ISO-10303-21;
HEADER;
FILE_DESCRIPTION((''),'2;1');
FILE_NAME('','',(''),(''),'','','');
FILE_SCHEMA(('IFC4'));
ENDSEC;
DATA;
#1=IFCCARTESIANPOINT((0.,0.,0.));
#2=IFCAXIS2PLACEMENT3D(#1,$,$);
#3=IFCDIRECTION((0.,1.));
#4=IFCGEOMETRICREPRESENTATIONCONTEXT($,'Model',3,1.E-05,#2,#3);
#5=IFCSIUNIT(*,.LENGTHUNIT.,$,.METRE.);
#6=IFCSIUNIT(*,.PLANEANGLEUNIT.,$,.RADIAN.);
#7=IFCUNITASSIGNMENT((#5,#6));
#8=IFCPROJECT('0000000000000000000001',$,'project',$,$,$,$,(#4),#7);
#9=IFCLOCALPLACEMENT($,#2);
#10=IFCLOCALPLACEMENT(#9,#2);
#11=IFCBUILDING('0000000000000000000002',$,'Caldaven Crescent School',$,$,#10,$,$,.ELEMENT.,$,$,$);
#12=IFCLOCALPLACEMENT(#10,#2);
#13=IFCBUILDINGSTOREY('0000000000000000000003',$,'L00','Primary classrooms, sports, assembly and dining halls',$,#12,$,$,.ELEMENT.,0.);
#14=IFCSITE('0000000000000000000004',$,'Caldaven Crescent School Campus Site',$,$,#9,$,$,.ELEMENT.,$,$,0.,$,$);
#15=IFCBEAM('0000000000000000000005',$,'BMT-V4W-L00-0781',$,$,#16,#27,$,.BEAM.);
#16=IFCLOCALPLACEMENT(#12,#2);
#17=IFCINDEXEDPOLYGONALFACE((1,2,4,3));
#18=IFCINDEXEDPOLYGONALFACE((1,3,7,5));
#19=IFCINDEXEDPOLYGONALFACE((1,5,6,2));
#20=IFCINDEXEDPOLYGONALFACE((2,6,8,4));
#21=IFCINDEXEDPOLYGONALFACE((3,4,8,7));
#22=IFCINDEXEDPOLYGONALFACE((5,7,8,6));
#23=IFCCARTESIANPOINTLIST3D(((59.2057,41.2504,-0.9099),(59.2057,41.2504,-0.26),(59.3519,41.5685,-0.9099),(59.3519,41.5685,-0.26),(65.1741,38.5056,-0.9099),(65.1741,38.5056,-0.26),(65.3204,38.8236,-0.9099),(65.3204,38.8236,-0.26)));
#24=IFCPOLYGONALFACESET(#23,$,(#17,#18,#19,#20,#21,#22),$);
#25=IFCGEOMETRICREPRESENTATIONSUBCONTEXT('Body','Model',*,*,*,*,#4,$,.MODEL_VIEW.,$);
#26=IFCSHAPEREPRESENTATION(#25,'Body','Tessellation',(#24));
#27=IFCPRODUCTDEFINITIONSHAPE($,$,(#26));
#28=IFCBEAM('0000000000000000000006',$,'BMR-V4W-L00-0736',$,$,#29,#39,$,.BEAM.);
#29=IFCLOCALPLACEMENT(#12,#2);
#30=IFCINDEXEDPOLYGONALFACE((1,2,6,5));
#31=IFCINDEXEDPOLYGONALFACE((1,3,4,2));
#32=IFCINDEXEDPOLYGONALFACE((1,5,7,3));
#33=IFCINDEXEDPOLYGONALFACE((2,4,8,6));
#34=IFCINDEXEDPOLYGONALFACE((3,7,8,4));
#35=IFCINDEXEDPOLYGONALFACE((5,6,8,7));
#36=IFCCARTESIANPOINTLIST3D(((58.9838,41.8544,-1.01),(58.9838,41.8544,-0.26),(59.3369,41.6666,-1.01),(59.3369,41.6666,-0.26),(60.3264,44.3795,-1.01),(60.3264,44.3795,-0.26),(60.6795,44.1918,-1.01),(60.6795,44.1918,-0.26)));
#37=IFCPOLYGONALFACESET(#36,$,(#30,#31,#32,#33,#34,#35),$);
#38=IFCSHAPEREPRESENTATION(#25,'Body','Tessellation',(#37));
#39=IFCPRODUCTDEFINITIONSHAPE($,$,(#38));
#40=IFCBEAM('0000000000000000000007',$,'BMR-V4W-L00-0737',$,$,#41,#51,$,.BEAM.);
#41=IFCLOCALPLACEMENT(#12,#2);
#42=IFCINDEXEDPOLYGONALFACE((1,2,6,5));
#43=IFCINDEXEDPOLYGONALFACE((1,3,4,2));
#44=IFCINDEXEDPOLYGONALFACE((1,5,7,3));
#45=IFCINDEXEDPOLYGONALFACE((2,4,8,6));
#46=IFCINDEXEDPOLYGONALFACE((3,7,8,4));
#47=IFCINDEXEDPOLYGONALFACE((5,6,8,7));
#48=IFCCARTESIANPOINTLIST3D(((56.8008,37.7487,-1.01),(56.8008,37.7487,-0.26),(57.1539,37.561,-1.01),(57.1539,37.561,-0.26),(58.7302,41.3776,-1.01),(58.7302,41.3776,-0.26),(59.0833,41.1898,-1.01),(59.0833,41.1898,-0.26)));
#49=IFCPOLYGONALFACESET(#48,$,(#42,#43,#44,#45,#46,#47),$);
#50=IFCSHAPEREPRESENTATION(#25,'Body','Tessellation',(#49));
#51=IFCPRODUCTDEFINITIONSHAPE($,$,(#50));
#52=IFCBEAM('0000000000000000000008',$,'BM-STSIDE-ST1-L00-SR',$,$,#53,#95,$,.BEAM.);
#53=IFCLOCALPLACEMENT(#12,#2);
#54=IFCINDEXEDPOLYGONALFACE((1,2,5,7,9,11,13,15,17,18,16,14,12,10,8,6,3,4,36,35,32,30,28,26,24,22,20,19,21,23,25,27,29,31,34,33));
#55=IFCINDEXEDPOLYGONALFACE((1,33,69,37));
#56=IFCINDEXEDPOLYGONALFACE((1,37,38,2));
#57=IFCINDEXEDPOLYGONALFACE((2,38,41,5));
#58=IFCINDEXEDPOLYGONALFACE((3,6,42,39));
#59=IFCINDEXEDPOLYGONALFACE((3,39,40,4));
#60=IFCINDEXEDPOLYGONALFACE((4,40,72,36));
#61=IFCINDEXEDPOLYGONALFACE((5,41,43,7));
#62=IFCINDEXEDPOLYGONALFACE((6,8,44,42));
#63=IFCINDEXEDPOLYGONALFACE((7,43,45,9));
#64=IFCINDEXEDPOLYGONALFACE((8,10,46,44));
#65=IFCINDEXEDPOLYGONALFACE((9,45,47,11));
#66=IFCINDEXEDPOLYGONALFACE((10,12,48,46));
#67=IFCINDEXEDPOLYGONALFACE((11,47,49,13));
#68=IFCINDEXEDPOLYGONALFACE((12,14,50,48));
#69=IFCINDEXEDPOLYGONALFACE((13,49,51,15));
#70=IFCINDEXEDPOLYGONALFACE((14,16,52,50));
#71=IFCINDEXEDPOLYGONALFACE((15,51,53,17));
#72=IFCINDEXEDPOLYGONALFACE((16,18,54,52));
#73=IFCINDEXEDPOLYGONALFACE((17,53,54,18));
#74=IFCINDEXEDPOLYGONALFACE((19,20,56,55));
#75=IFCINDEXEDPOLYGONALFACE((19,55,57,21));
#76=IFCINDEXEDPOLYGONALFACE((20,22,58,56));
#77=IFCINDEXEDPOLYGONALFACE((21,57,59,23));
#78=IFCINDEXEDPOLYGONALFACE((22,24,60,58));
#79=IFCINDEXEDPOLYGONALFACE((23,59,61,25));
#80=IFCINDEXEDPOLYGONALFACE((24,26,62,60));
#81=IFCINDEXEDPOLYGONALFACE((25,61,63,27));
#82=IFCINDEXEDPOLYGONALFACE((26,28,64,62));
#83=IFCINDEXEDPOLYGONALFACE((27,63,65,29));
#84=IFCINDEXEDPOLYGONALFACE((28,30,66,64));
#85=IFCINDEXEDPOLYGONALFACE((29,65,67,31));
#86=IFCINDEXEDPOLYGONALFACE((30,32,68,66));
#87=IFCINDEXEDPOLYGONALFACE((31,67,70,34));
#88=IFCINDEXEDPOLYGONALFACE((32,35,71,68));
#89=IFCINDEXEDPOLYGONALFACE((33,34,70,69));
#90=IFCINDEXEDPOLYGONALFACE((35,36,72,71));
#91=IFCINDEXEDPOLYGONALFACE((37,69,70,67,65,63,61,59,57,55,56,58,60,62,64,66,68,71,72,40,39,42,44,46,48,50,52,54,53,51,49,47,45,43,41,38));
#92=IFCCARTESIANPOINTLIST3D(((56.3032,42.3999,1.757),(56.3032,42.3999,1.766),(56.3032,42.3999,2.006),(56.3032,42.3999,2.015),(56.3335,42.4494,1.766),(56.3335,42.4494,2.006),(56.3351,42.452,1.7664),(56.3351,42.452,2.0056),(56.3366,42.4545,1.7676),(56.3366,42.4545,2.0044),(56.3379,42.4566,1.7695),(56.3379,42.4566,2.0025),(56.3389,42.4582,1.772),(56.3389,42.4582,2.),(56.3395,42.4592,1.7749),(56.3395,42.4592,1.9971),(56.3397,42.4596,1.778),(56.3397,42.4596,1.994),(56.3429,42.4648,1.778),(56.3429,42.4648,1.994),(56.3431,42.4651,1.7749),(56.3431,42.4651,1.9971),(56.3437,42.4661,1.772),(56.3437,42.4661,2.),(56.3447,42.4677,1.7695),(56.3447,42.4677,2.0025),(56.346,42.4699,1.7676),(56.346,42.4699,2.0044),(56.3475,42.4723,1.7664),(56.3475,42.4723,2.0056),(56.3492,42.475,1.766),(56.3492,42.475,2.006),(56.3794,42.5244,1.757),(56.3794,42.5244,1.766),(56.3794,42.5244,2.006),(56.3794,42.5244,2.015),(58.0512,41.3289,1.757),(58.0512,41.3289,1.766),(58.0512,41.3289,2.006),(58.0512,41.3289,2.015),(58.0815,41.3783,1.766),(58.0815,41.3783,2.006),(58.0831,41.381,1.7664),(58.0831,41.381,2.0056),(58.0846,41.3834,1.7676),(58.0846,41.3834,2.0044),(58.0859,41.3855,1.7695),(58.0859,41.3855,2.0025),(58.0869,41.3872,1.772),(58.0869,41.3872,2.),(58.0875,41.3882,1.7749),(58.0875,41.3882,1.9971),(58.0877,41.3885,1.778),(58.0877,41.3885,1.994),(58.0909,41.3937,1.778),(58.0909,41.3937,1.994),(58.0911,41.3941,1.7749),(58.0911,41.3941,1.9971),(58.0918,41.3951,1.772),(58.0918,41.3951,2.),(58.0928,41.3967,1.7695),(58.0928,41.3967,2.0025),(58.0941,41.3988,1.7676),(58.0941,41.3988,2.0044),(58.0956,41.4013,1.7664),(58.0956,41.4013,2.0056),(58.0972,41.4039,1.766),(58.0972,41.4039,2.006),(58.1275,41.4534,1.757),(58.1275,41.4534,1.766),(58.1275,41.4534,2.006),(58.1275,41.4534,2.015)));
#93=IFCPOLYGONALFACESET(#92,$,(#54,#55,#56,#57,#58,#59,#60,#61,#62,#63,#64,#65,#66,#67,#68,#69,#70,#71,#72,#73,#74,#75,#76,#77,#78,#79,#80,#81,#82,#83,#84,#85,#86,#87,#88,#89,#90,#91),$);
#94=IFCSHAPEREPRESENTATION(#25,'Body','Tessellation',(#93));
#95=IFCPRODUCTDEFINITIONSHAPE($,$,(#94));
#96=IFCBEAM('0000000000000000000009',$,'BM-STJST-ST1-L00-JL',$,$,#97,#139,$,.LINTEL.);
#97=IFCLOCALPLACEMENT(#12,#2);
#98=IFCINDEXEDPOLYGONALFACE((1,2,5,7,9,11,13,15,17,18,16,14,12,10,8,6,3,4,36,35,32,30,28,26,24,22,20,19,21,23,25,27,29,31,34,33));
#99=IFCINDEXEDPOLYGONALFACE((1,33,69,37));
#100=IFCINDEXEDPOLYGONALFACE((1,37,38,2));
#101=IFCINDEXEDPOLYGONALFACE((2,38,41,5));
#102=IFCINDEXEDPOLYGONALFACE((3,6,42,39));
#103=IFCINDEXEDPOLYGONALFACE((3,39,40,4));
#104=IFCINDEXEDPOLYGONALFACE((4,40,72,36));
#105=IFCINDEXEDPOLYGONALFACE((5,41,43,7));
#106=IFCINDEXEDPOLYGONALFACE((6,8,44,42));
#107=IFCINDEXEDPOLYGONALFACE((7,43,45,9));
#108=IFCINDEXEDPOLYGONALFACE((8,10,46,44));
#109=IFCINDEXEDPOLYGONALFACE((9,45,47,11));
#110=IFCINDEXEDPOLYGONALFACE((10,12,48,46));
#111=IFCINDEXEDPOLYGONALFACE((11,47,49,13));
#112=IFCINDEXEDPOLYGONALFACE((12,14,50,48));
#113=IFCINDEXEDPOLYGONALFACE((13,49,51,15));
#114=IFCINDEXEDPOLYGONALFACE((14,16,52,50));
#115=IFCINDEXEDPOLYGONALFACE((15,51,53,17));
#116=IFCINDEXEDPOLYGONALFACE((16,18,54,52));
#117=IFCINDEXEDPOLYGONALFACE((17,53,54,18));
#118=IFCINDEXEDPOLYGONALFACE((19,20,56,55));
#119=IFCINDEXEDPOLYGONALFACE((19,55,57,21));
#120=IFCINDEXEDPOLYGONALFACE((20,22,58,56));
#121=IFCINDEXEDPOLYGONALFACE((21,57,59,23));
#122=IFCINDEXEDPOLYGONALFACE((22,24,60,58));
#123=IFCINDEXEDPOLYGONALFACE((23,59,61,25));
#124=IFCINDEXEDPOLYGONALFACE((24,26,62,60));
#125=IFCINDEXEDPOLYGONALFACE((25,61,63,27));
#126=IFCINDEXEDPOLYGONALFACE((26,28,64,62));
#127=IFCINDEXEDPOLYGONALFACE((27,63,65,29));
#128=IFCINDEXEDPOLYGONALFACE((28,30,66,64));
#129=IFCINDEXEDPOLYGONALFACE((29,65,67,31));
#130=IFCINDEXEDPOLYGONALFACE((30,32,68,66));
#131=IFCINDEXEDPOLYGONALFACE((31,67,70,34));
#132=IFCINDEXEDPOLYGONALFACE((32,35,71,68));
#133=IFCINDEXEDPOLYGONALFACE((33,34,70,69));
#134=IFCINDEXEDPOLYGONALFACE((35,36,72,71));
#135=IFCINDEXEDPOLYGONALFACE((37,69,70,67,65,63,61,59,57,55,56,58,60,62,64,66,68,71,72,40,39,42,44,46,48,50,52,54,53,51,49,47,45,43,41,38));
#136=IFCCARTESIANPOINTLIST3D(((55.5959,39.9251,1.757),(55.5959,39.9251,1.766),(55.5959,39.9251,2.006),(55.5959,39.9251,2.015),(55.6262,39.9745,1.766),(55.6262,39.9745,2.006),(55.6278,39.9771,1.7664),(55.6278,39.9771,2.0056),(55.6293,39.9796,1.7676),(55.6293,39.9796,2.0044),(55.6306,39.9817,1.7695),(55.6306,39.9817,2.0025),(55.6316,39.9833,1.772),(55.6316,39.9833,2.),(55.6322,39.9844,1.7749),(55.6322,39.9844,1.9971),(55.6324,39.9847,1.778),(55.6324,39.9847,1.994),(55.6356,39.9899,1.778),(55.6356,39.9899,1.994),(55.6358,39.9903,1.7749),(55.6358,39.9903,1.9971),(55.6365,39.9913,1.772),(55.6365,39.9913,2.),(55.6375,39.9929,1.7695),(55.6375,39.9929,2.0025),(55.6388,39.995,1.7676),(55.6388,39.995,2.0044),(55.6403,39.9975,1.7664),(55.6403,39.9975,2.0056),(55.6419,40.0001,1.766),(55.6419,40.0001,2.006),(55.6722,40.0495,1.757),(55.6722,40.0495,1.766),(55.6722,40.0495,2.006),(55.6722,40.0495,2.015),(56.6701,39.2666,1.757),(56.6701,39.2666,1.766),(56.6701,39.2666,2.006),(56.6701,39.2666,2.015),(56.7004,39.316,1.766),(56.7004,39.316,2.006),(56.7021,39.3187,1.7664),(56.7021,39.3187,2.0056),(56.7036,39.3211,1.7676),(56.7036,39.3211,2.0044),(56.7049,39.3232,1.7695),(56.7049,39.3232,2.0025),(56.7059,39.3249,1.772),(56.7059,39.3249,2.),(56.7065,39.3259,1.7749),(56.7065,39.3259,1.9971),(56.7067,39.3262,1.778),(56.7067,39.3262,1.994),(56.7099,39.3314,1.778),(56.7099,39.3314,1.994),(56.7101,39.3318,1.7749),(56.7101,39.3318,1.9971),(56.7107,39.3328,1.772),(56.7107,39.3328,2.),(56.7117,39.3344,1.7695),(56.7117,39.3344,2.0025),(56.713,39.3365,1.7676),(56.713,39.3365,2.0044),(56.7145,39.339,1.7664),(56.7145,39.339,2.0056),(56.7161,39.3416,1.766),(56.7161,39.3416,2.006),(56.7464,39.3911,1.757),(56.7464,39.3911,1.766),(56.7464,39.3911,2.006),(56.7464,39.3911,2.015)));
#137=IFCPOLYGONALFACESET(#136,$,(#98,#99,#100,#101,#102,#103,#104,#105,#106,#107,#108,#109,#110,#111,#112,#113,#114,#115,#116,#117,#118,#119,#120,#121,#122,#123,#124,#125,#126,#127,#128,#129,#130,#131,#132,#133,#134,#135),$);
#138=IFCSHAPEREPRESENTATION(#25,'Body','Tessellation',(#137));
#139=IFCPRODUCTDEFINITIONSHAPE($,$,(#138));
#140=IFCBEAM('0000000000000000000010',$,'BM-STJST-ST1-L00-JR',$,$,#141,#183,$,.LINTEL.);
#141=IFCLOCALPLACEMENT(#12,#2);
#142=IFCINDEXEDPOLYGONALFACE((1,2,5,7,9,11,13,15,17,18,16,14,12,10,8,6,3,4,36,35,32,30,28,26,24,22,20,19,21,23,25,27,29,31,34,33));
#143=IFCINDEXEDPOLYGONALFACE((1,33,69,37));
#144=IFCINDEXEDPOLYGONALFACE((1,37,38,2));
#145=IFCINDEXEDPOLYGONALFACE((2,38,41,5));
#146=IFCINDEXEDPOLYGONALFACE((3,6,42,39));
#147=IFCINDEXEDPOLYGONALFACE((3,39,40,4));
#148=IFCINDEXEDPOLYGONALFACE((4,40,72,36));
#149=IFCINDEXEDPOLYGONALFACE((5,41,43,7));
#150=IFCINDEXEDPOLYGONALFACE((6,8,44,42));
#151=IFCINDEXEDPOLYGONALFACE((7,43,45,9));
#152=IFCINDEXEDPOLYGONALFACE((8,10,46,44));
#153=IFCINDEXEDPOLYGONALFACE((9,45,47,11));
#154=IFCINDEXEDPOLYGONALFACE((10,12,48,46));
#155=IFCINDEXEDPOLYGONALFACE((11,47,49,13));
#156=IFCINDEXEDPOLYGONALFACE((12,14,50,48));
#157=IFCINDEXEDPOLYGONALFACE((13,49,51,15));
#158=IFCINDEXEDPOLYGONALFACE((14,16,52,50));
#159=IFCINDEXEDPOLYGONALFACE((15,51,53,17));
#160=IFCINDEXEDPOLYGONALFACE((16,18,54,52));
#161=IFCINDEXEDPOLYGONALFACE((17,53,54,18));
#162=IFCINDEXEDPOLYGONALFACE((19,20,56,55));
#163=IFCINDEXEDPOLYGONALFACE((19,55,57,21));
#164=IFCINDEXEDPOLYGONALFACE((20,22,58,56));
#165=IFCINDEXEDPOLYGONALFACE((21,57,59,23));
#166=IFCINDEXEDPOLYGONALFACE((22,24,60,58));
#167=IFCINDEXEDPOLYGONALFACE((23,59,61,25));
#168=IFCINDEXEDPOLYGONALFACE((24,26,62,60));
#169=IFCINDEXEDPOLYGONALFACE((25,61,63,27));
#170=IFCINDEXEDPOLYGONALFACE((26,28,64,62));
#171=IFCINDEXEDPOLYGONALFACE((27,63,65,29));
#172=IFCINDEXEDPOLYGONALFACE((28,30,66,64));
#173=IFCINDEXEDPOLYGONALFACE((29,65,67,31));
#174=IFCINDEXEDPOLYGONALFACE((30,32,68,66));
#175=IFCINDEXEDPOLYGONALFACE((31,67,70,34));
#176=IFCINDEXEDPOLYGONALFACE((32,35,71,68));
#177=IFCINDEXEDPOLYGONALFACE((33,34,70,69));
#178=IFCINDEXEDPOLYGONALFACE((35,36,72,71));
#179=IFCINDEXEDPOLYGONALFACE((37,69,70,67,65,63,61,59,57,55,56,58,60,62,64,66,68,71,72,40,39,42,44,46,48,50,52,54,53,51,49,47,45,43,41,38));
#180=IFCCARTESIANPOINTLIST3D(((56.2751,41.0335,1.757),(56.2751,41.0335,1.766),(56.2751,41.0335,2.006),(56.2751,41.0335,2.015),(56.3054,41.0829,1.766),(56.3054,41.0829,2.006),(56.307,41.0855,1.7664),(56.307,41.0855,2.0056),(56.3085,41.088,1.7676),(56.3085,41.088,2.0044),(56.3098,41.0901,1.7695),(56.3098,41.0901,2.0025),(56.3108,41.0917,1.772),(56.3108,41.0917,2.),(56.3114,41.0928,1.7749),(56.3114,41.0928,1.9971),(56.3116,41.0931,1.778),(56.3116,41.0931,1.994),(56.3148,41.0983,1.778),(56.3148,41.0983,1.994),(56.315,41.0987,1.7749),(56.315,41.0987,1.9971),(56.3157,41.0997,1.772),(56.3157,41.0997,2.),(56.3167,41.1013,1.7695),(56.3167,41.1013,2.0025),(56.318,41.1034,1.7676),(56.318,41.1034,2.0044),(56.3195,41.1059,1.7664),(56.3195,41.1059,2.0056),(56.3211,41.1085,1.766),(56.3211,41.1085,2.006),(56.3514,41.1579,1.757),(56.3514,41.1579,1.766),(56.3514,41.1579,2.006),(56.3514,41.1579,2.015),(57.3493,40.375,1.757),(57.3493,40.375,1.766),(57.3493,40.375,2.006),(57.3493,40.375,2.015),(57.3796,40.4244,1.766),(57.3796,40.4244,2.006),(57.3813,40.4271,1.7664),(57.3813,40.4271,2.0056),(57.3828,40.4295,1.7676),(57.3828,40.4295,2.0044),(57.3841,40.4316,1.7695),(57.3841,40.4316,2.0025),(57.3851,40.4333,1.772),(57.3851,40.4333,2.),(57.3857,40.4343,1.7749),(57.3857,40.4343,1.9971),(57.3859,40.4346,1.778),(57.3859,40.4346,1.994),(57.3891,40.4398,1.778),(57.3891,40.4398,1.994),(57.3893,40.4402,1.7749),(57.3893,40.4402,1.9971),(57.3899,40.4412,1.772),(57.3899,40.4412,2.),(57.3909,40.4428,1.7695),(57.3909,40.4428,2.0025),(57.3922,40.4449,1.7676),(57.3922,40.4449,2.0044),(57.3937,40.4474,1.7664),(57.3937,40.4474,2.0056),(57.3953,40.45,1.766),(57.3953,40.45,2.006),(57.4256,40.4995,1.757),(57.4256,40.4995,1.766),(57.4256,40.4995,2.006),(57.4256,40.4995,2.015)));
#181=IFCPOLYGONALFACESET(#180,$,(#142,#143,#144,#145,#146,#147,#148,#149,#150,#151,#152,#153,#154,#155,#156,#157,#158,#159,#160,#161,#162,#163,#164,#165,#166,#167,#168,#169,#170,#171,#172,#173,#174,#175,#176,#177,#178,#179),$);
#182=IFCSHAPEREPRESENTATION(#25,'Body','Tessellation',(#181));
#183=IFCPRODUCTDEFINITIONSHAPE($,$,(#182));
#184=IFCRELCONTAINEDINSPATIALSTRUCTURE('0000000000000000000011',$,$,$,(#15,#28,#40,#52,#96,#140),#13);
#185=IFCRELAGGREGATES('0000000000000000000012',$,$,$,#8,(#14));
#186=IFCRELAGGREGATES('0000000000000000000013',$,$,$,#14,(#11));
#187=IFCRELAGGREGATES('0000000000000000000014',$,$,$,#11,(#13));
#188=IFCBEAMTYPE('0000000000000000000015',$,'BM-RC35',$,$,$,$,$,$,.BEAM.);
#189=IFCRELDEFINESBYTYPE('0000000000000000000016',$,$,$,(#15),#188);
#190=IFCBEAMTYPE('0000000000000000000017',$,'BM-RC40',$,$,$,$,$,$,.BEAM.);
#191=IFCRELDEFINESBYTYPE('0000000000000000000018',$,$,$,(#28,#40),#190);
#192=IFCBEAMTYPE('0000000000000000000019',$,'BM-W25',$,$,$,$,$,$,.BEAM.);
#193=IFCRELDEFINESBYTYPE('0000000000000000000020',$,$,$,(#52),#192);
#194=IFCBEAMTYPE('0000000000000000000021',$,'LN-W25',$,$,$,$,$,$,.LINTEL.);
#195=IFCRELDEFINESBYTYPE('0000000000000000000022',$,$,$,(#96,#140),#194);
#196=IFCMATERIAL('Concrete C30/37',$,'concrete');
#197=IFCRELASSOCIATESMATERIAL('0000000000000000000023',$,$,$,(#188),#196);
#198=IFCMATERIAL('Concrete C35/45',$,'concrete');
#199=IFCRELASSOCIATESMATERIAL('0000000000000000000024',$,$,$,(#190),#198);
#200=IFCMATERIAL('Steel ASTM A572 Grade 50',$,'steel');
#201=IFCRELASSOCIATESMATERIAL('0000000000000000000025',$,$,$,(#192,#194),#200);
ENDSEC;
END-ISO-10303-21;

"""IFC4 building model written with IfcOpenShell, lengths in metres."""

from ifc_helpers import new_model, si_unit, direction, frame, origin, origin_2d, place, context, subcontext, project, spatial, rectangle, i_section, extrude, material, material_profile, profile_set, type_object, element, save


model = new_model("IFC4")

# Units and contexts
model_context = context("Model", 3, precision=1e-05, world=origin(), true_north=direction((0.0, 1.0)))
body_context = subcontext(model_context, "Body", "Model", "MODEL_VIEW")
ifc_project = project(units=[si_unit("LENGTHUNIT", "METRE"), si_unit("PLANEANGLEUNIT", "RADIAN")], contexts=[model_context])

# Site, building, storey
site_placement = place(None, origin())
site = spatial("IfcSite", under=ifc_project, at=site_placement, Name="Caldaven Crescent School Campus Site", CompositionType="ELEMENT", RefElevation=0.0)
building_placement = place(site_placement, origin())
building = spatial("IfcBuilding", under=site, at=building_placement, Name="Caldaven Crescent School", CompositionType="ELEMENT")
storey_placement = place(building_placement, origin())
storey = spatial("IfcBuildingStorey", under=building, at=storey_placement, Name="L00", Description="Primary classrooms, sports, assembly and dining halls", CompositionType="ELEMENT", Elevation=0.0)

# Shared definitions
ifc_material_1 = material(Name="Steel ASTM A572 Grade 50", Category="steel")

# Beams
ifc_material_2 = material(Name="Concrete C30/37", Category="concrete")
ifc_material_profile_1 = material_profile(ifc_material_2, rectangle(XDim=0.3501, YDim=0.6499, at=origin_2d()), Name="RC 350x650")
ifc_profile_set_1 = profile_set([ifc_material_profile_1], Name="Concrete C30/37")
beam_type_1 = type_object("IfcBeamType", Name="BM-RC35", PredefinedType="BEAM", material=ifc_profile_set_1)
beam_1_placement = place(storey_placement, frame((59.2788, 41.4094, -0.585), z_axis=(0.908527, -0.417825, 0.0), x_axis=(0.417825, 0.908527, 0.0)))
element("IfcBeam", 1, at=beam_1_placement, inside=storey, type_object=beam_type_1, Name="BMT-V4W-L00-0781", PredefinedType="BEAM", context=body_context, shape_type="SweptSolid", body=[
    extrude(rectangle(XDim=0.3501, YDim=0.6499, at=origin_2d()), origin(), (0.0, 0.0, 1.0), 6.5693),
])
ifc_material_3 = material(Name="Concrete C35/45", Category="concrete")
ifc_material_profile_2 = material_profile(ifc_material_3, rectangle(XDim=0.3999, YDim=0.75, at=origin_2d()), Name="RC 400x750")
ifc_profile_set_2 = profile_set([ifc_material_profile_2], Name="Concrete C35/45")
beam_type_2 = type_object("IfcBeamType", Name="BM-RC40", PredefinedType="BEAM", material=ifc_profile_set_2)
beam_2_placement = place(storey_placement, frame((60.5029, 44.2856, -0.635), z_axis=(-0.46944, -0.882964, 0.0), x_axis=(0.882964, -0.46944, 0.0)))
element("IfcBeam", 2, at=beam_2_placement, inside=storey, type_object=beam_type_2, Name="BMR-V4W-L00-0736", PredefinedType="BEAM", context=body_context, shape_type="SweptSolid", body=[
    extrude(rectangle(XDim=0.3999, YDim=0.75, at=origin_2d()), origin(), (0.0, 0.0, 1.0), 2.8599),
])
beam_3_placement = place(storey_placement, frame((58.9067, 41.2837, -0.635), z_axis=(-0.469456, -0.882956, 0.0), x_axis=(0.882956, -0.469456, 0.0)))
element("IfcBeam", 3, at=beam_3_placement, inside=storey, type_object=beam_type_2, Name="BMR-V4W-L00-0737", PredefinedType="BEAM", context=body_context, shape_type="SweptSolid", body=[
    extrude(rectangle(XDim=0.3999, YDim=0.75, at=origin_2d()), origin(), (0.0, 0.0, 1.0), 4.1099),
])
ifc_material_profile_3 = material_profile(ifc_material_1, i_section(OverallWidth=0.146, OverallDepth=0.2581, WebThickness=0.0061, FlangeThickness=0.009, FilletRadius=0.012, at=origin_2d()), Name="W250x33")
ifc_profile_set_3 = profile_set([ifc_material_profile_3], Name="Steel ASTM A572 Grade 50")
beam_type_3 = type_object("IfcBeamType", Name="BM-W25", PredefinedType="BEAM", material=ifc_profile_set_3)
beam_4_placement = place(storey_placement, frame((56.3413, 42.4622, 1.886), z_axis=(0.852675, -0.522442, 0.0), x_axis=(0.522442, 0.852675, 0.0)))
element("IfcBeam", 4, at=beam_4_placement, inside=storey, type_object=beam_type_3, Name="BM-STSIDE-ST1-L00-SR", PredefinedType="BEAM", context=body_context, shape_type="SweptSolid", body=[
    extrude(i_section(OverallWidth=0.146, OverallDepth=0.2581, WebThickness=0.0061, FlangeThickness=0.009, FilletRadius=0.012, at=origin_2d()), origin(), (0.0, 0.0, 1.0), 2.05),
])
ifc_material_profile_4 = material_profile(ifc_material_1, i_section(OverallWidth=0.146, OverallDepth=0.2581, WebThickness=0.0061, FlangeThickness=0.009, FilletRadius=0.012, at=origin_2d()), Name="W250x33")
ifc_profile_set_4 = profile_set([ifc_material_profile_4], Name="Steel ASTM A572 Grade 50")
beam_type_4 = type_object("IfcBeamType", Name="LN-W25", PredefinedType="LINTEL", material=ifc_profile_set_4)
for number, where, z_axis, x_axis, name in (
    (5, (55.634, 39.9873, 1.886), (0.852582, -0.522594, 0.0), (0.522594, 0.852582, 0.0), "BM-STJST-ST1-L00-JL"),
    (6, (56.3132, 41.0957, 1.886), (0.852582, -0.522594, 0.0), (0.522594, 0.852582, 0.0), "BM-STJST-ST1-L00-JR"),
):
    element("IfcBeam", number, at=place(storey_placement, frame(where, z_axis=z_axis, x_axis=x_axis)), inside=storey, type_object=beam_type_4, Name=name, PredefinedType="LINTEL", context=body_context, shape_type="SweptSolid", body=[
        extrude(i_section(OverallWidth=0.146, OverallDepth=0.2581, WebThickness=0.0061, FlangeThickness=0.009, FilletRadius=0.012, at=origin_2d()), origin(), (0.0, 0.0, 1.0), 1.26),
    ])

save(model, "model.ifc")
